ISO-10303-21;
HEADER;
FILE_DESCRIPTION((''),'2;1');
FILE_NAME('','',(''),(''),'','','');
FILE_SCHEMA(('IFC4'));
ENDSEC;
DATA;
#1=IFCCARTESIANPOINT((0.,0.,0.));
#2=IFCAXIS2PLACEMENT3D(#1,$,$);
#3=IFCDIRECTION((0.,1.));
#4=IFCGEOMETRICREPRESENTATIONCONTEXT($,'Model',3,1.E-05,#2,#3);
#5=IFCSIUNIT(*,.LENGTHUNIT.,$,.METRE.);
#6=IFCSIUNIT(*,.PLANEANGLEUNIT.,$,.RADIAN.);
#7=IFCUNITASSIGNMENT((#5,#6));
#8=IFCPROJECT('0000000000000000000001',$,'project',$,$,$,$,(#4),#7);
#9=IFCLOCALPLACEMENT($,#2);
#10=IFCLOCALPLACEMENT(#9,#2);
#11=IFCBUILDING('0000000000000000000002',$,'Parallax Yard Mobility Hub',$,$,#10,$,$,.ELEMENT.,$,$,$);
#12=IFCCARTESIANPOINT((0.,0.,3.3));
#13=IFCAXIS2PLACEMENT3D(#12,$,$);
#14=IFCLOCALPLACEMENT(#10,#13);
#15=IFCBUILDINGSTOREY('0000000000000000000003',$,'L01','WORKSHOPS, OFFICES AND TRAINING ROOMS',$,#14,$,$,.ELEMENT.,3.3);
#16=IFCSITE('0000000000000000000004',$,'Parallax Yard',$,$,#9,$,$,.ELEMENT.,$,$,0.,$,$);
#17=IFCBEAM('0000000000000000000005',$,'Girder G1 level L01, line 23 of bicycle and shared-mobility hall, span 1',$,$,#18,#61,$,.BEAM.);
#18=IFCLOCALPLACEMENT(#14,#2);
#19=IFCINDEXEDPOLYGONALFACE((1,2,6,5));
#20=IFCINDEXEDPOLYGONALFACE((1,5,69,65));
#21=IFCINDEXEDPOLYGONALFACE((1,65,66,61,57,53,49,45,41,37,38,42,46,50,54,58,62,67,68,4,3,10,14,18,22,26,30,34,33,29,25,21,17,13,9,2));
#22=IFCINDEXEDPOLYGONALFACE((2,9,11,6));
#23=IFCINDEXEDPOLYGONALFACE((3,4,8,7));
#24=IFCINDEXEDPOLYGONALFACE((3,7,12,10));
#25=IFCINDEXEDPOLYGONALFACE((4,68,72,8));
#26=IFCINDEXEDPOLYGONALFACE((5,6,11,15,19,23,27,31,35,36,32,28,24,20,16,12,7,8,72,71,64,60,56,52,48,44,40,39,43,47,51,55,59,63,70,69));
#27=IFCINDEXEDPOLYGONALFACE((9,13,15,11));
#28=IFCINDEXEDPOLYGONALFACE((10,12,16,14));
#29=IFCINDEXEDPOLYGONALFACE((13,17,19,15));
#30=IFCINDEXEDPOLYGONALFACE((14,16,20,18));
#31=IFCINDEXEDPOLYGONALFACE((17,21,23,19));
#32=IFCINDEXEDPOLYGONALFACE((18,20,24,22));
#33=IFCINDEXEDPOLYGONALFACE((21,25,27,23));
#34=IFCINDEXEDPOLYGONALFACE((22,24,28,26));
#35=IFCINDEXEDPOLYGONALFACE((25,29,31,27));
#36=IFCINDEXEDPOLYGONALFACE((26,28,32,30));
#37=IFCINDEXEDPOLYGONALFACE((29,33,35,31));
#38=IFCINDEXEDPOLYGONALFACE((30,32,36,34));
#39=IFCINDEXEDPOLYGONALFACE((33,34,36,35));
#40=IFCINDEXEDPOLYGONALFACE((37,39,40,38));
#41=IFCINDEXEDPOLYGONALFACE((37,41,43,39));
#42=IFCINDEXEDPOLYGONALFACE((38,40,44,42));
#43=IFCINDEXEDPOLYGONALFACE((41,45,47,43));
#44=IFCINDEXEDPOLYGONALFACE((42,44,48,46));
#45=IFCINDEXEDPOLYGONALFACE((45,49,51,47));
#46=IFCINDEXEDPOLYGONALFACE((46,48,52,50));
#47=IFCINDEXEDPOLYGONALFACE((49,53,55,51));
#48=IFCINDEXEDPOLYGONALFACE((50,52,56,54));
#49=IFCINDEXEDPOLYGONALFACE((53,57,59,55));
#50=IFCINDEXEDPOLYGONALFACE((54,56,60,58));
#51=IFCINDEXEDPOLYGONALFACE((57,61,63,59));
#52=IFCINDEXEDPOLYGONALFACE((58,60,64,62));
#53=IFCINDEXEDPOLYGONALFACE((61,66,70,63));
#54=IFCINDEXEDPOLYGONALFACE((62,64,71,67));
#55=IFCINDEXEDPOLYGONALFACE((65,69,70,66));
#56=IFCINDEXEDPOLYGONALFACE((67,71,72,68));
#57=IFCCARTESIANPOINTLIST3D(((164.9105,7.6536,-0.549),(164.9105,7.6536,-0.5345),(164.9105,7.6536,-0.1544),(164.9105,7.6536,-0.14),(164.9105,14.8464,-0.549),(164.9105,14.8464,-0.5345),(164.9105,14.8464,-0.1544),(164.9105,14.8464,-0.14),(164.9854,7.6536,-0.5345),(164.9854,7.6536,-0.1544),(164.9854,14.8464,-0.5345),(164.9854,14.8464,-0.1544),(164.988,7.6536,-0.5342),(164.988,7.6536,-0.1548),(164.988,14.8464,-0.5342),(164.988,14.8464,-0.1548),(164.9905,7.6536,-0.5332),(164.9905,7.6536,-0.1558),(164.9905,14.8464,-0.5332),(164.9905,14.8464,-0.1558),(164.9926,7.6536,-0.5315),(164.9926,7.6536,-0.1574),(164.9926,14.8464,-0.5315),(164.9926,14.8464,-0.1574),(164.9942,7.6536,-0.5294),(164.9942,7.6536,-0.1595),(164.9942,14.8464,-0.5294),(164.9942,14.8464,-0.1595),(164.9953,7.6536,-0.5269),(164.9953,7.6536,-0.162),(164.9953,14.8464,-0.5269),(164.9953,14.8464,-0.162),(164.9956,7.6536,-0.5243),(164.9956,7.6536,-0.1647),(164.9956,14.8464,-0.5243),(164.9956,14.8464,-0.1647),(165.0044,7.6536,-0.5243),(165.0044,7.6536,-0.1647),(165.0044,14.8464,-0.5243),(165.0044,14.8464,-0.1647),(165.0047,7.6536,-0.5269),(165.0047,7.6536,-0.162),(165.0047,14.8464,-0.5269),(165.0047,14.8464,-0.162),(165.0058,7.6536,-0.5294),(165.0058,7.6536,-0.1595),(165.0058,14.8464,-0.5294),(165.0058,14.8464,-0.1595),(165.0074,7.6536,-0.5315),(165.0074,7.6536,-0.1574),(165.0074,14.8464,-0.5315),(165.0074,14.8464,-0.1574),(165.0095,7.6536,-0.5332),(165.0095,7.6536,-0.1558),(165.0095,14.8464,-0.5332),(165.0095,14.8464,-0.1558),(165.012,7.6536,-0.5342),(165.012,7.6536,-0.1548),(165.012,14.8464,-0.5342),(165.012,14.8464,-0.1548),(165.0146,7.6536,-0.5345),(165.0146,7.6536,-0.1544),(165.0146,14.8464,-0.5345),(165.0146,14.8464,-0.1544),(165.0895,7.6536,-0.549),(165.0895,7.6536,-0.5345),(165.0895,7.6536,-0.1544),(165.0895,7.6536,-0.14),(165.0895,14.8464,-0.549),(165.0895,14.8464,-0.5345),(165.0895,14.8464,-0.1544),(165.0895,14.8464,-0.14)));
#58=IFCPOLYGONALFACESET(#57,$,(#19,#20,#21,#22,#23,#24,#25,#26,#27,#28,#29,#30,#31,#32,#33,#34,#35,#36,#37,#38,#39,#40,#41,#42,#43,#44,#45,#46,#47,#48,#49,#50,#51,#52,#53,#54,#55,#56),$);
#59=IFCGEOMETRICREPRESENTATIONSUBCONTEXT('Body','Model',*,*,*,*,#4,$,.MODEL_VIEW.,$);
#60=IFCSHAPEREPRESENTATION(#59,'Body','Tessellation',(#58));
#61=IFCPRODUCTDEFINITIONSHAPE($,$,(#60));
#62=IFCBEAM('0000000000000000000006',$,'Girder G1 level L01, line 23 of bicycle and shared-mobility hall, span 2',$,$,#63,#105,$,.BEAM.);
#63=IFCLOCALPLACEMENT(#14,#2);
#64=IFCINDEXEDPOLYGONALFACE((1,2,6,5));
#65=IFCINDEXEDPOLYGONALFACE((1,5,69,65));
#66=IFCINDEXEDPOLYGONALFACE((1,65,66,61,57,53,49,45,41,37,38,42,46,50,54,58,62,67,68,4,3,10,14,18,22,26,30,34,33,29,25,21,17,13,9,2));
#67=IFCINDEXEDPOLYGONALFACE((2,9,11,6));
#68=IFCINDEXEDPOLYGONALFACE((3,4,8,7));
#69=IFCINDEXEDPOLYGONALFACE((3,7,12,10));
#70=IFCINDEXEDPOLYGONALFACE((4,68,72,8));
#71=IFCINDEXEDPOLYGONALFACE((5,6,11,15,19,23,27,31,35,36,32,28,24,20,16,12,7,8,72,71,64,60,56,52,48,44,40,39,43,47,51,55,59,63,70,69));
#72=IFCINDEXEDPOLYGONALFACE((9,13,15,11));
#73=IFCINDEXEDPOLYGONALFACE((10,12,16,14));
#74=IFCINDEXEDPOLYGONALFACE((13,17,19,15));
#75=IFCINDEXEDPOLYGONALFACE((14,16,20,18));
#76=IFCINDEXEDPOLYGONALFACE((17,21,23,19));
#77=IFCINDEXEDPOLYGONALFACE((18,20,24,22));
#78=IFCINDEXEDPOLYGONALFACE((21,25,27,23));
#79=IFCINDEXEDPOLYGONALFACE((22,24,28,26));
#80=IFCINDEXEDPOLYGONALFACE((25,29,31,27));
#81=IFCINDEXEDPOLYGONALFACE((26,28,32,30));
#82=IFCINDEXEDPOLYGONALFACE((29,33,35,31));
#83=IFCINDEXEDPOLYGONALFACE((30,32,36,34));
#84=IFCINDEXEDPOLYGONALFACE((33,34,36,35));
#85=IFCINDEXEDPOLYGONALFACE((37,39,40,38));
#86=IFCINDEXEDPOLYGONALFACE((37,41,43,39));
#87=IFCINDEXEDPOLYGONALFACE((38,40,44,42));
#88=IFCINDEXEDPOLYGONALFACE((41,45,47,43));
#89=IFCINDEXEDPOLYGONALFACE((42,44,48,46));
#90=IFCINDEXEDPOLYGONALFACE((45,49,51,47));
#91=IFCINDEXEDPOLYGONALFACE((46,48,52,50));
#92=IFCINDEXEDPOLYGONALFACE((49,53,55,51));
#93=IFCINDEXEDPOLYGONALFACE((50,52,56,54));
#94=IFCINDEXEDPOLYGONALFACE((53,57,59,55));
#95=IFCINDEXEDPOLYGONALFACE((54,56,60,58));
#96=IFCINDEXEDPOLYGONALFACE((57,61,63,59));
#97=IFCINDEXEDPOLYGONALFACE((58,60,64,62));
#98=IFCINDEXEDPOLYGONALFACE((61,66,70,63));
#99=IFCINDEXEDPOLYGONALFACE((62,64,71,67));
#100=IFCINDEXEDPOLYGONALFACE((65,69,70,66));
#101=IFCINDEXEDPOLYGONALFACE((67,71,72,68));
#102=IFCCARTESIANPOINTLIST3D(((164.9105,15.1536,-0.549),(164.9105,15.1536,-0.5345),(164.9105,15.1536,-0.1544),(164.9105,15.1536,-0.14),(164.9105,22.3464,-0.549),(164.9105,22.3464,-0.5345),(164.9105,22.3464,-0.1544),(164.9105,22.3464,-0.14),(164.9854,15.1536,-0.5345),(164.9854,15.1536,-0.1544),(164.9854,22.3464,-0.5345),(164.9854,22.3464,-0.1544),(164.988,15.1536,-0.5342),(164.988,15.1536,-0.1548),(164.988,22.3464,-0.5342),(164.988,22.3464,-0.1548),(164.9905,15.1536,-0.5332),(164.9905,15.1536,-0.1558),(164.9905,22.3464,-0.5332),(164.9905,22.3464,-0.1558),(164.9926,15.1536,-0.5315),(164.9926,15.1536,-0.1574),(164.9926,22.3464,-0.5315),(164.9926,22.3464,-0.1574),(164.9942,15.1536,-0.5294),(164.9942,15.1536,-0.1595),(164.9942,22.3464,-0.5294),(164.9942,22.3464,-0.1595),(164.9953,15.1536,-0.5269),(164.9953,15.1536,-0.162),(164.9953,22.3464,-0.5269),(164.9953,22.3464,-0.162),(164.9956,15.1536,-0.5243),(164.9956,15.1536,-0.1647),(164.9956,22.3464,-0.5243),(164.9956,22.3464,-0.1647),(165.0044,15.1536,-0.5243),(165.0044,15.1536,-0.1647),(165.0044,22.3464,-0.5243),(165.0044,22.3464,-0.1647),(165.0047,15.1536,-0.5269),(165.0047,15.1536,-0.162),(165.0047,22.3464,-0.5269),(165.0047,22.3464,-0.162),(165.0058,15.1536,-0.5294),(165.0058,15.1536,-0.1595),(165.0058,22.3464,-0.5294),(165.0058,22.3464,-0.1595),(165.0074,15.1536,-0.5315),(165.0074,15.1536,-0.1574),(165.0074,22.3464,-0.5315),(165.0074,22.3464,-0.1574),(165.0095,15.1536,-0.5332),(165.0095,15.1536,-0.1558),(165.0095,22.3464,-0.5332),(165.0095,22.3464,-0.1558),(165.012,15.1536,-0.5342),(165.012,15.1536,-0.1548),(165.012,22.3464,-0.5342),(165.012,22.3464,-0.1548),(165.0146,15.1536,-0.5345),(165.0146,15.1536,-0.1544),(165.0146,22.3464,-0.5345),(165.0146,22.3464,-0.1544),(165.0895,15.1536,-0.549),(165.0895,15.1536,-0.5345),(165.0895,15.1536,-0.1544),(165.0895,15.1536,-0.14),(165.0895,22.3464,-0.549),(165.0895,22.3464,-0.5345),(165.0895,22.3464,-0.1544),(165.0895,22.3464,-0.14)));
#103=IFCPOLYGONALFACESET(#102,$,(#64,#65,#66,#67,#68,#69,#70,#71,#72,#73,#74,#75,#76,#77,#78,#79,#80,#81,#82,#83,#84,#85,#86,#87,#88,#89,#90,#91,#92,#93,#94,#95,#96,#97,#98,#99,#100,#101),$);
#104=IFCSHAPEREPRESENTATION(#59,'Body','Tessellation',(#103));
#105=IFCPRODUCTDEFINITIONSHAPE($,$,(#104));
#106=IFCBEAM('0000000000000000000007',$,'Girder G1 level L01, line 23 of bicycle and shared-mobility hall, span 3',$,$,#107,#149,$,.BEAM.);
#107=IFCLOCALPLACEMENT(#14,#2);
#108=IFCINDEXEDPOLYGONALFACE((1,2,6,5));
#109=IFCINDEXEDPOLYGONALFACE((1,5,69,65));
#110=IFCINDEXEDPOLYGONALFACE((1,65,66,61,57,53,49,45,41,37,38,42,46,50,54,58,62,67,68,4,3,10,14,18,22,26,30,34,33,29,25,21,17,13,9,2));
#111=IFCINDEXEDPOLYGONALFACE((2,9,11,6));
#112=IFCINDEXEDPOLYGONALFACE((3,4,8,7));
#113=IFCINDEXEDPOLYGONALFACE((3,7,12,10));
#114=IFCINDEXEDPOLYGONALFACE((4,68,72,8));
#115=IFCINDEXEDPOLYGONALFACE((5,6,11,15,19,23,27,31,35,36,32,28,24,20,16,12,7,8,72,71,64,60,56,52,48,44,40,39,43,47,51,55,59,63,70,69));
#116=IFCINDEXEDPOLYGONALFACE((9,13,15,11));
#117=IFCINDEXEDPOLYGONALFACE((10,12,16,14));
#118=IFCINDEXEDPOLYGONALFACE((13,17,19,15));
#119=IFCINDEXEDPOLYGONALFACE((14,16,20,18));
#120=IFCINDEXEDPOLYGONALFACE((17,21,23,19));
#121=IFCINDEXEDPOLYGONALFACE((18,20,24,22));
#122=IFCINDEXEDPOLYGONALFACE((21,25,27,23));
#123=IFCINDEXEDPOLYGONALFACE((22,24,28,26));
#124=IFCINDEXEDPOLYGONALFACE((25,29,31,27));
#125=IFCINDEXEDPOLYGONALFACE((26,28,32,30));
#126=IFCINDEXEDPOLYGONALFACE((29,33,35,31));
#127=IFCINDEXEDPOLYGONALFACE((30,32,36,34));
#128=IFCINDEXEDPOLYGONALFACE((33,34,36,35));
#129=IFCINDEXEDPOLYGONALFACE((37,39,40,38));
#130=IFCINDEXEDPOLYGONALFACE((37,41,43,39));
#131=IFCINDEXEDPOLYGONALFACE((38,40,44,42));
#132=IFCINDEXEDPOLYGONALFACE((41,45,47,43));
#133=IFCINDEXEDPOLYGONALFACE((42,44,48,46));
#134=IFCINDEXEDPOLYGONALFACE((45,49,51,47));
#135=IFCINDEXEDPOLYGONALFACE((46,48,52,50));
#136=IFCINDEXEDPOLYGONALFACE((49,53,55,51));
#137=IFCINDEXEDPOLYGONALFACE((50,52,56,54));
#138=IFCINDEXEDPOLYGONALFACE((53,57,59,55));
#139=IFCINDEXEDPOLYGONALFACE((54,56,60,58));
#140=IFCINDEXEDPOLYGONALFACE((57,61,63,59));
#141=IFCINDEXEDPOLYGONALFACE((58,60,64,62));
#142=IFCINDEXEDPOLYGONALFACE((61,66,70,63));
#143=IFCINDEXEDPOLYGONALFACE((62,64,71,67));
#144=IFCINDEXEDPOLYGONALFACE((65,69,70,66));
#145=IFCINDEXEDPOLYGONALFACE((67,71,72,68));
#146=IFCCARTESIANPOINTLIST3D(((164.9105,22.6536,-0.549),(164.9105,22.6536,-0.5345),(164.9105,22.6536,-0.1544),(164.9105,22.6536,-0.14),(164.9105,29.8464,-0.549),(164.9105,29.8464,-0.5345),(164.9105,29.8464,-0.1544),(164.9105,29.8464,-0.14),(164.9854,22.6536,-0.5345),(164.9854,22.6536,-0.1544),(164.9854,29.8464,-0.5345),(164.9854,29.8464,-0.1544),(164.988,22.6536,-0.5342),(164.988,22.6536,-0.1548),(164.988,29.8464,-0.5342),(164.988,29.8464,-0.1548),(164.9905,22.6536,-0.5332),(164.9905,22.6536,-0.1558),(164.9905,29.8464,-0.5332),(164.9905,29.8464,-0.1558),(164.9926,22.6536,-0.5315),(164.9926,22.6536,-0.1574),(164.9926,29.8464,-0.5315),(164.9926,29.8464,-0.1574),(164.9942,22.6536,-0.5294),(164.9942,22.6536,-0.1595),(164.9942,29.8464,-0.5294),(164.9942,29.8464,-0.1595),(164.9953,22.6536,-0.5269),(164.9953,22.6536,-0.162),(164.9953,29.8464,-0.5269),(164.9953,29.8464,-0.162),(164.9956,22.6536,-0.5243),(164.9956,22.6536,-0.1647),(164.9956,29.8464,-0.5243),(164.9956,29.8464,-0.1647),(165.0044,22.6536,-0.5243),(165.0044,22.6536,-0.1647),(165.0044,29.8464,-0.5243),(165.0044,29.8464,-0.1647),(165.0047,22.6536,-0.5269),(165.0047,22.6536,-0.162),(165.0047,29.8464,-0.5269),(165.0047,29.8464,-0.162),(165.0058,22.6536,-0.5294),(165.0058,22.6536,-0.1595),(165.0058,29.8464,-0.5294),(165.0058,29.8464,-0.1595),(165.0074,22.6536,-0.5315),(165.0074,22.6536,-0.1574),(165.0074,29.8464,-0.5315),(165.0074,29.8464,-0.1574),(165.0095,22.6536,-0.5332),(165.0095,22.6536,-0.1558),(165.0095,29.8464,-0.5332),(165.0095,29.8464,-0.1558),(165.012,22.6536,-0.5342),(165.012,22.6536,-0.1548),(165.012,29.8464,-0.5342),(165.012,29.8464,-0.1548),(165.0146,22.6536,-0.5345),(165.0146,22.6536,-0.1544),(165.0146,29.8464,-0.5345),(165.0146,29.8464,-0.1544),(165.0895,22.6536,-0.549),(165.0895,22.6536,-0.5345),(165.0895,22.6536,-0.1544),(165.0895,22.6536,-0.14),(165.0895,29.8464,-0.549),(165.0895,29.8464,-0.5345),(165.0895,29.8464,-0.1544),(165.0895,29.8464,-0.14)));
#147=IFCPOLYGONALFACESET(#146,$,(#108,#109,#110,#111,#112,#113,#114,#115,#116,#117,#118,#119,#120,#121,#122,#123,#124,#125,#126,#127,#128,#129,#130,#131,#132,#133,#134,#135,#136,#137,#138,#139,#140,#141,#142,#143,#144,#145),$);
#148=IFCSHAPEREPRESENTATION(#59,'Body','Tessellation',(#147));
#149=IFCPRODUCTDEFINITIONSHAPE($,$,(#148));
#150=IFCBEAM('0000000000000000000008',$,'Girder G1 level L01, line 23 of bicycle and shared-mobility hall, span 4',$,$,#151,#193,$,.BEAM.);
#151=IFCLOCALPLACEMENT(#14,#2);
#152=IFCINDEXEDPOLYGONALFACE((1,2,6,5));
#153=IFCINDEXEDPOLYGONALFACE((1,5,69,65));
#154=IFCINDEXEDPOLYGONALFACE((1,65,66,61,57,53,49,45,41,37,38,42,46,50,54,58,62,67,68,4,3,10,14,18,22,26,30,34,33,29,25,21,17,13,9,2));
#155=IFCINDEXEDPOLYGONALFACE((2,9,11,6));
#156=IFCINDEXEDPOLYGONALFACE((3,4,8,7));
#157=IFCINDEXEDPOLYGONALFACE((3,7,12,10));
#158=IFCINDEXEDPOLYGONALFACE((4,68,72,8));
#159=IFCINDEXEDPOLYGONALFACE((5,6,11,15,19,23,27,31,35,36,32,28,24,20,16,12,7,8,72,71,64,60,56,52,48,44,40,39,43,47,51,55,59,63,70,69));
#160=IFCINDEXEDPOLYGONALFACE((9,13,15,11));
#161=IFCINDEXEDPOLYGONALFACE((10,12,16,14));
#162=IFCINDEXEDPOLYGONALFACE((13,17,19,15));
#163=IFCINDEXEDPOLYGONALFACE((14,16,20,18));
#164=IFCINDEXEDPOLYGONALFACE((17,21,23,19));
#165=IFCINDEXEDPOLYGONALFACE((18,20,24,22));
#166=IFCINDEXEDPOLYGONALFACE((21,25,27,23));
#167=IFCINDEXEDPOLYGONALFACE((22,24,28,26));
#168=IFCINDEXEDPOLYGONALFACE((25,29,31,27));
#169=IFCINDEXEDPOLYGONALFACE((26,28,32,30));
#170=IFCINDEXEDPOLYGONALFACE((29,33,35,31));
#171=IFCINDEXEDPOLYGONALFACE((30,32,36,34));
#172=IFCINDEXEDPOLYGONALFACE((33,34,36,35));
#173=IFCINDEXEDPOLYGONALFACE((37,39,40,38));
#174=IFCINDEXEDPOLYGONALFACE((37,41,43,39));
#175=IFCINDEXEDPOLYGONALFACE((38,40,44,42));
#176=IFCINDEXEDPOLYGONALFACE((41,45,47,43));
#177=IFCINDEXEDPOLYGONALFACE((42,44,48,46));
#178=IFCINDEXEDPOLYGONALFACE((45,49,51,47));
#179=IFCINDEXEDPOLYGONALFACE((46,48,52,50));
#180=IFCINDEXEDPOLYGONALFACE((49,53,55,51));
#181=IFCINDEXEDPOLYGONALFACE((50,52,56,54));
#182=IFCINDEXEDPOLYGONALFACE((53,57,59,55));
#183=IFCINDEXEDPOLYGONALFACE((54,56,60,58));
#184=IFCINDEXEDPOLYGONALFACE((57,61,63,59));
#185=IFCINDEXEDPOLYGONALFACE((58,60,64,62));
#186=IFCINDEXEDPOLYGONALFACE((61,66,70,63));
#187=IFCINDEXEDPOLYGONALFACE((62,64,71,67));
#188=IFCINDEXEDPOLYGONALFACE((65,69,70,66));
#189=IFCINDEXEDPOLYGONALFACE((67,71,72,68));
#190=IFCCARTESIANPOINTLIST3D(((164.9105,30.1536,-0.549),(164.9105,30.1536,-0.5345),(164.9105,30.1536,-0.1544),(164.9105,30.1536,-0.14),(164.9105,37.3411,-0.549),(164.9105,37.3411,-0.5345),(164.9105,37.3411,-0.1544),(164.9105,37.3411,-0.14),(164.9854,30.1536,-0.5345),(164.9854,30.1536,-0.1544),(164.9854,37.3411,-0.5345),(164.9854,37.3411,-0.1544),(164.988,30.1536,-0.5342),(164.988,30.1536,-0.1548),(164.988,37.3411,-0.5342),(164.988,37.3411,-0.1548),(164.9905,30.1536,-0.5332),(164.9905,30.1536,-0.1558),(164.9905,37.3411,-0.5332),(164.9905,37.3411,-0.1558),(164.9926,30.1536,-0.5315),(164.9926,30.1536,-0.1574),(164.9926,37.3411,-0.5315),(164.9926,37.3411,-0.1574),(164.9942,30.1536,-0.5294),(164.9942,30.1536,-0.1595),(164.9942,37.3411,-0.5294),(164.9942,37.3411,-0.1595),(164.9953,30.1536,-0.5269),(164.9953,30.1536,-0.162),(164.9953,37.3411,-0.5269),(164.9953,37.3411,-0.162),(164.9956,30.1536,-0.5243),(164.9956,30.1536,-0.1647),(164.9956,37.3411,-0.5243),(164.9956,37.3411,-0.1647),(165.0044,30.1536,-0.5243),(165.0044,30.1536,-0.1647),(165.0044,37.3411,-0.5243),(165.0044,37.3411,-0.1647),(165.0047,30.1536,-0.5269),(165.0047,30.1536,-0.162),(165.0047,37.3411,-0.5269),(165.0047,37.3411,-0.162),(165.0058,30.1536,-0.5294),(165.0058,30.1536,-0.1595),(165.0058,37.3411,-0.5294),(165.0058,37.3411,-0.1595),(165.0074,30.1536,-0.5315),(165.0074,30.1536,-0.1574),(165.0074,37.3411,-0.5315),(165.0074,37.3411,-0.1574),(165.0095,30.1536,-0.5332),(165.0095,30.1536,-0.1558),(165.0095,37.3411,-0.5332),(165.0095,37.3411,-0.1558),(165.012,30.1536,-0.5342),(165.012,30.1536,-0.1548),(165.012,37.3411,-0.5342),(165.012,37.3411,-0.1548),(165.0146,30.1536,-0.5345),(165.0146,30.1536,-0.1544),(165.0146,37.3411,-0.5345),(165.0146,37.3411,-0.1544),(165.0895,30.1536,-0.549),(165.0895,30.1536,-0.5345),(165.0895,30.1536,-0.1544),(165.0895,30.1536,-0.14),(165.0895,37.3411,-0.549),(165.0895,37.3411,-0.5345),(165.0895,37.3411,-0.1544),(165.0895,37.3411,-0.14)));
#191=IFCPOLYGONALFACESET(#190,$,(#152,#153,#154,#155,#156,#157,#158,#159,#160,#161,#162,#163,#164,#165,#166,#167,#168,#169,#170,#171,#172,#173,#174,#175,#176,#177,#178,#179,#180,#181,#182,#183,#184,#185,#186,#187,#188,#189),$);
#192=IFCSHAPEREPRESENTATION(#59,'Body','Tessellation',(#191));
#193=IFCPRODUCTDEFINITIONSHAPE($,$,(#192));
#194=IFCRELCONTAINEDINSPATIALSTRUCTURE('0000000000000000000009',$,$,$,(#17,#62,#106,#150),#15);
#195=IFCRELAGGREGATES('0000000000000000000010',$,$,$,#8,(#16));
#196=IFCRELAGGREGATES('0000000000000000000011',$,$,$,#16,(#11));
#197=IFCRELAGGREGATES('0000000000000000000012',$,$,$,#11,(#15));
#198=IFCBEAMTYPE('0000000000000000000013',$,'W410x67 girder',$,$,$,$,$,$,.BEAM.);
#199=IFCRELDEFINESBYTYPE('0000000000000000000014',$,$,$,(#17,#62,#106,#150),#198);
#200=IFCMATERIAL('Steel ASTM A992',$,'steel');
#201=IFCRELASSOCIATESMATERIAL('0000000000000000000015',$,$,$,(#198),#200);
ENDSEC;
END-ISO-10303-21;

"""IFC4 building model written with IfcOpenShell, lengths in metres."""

from ifc_helpers import new_model, si_unit, direction, frame, origin, origin_2d, place, context, subcontext, project, spatial, i_section, extrude, material, material_profile, profile_set, type_object, element, save


model = new_model("IFC4")

# Units and contexts
model_context = context("Model", 3, precision=1e-05, world=origin(), true_north=direction((0.0, 1.0)))
body_context = subcontext(model_context, "Body", "Model", "MODEL_VIEW")
ifc_project = project(units=[si_unit("LENGTHUNIT", "METRE"), si_unit("PLANEANGLEUNIT", "RADIAN")], contexts=[model_context])

# Site, building, storey
site_placement = place(None, origin())
site = spatial("IfcSite", under=ifc_project, at=site_placement, Name="Parallax Yard", CompositionType="ELEMENT", RefElevation=0.0)
building_placement = place(site_placement, origin())
building = spatial("IfcBuilding", under=site, at=building_placement, Name="Parallax Yard Mobility Hub", CompositionType="ELEMENT")
storey_placement = place(building_placement, frame((0.0, 0.0, 3.3)))
storey = spatial("IfcBuildingStorey", under=building, at=storey_placement, Name="L01", Description="WORKSHOPS, OFFICES AND TRAINING ROOMS", CompositionType="ELEMENT", Elevation=3.3)

# Shared definitions
ifc_material_1 = material(Name="Steel ASTM A992", Category="steel")

# Beams
ifc_material_profile_1 = material_profile(ifc_material_1, i_section(OverallWidth=0.179, OverallDepth=0.4089, WebThickness=0.0088, FlangeThickness=0.0144, FilletRadius=0.0103, at=origin_2d()), Name="W410x67")
ifc_profile_set_1 = profile_set([ifc_material_profile_1], Name="Steel ASTM A992")
beam_type_1 = type_object("IfcBeamType", Name="W410x67 girder", PredefinedType="BEAM", material=ifc_profile_set_1)
for number, where, z_axis, x_axis, name in (
    (1, (165.0, 7.6536, -0.3445), (0.0, 1.0, 0.0), (-1.0, 0.0, 0.0), "Girder G1 level L01, line 23 of bicycle and shared-mobility hall, span 1"),
    (2, (165.0, 15.1536, -0.3445), (0.0, 1.0, 0.0), (-1.0, 0.0, 0.0), "Girder G1 level L01, line 23 of bicycle and shared-mobility hall, span 2"),
    (3, (165.0, 22.6536, -0.3445), (0.0, 1.0, 0.0), (-1.0, 0.0, 0.0), "Girder G1 level L01, line 23 of bicycle and shared-mobility hall, span 3"),
):
    element("IfcBeam", number, at=place(storey_placement, frame(where, z_axis=z_axis, x_axis=x_axis)), inside=storey, type_object=beam_type_1, Name=name, PredefinedType="BEAM", context=body_context, shape_type="SweptSolid", body=[
        extrude(i_section(OverallWidth=0.179, OverallDepth=0.4089, WebThickness=0.0088, FlangeThickness=0.0144, FilletRadius=0.0103, at=origin_2d()), origin(), (0.0, 0.0, 1.0), 7.1929),
    ])
beam_1_placement = place(storey_placement, frame((165.0, 30.1536, -0.3445), z_axis=(0.0, 1.0, 0.0), x_axis=(-1.0, 0.0, 0.0)))
element("IfcBeam", 4, at=beam_1_placement, inside=storey, type_object=beam_type_1, Name="Girder G1 level L01, line 23 of bicycle and shared-mobility hall, span 4", PredefinedType="BEAM", context=body_context, shape_type="SweptSolid", body=[
    extrude(i_section(OverallWidth=0.179, OverallDepth=0.4089, WebThickness=0.0088, FlangeThickness=0.0144, FilletRadius=0.0103, at=origin_2d()), origin(), (0.0, 0.0, 1.0), 7.1875),
])

save(model, "model.ifc")
